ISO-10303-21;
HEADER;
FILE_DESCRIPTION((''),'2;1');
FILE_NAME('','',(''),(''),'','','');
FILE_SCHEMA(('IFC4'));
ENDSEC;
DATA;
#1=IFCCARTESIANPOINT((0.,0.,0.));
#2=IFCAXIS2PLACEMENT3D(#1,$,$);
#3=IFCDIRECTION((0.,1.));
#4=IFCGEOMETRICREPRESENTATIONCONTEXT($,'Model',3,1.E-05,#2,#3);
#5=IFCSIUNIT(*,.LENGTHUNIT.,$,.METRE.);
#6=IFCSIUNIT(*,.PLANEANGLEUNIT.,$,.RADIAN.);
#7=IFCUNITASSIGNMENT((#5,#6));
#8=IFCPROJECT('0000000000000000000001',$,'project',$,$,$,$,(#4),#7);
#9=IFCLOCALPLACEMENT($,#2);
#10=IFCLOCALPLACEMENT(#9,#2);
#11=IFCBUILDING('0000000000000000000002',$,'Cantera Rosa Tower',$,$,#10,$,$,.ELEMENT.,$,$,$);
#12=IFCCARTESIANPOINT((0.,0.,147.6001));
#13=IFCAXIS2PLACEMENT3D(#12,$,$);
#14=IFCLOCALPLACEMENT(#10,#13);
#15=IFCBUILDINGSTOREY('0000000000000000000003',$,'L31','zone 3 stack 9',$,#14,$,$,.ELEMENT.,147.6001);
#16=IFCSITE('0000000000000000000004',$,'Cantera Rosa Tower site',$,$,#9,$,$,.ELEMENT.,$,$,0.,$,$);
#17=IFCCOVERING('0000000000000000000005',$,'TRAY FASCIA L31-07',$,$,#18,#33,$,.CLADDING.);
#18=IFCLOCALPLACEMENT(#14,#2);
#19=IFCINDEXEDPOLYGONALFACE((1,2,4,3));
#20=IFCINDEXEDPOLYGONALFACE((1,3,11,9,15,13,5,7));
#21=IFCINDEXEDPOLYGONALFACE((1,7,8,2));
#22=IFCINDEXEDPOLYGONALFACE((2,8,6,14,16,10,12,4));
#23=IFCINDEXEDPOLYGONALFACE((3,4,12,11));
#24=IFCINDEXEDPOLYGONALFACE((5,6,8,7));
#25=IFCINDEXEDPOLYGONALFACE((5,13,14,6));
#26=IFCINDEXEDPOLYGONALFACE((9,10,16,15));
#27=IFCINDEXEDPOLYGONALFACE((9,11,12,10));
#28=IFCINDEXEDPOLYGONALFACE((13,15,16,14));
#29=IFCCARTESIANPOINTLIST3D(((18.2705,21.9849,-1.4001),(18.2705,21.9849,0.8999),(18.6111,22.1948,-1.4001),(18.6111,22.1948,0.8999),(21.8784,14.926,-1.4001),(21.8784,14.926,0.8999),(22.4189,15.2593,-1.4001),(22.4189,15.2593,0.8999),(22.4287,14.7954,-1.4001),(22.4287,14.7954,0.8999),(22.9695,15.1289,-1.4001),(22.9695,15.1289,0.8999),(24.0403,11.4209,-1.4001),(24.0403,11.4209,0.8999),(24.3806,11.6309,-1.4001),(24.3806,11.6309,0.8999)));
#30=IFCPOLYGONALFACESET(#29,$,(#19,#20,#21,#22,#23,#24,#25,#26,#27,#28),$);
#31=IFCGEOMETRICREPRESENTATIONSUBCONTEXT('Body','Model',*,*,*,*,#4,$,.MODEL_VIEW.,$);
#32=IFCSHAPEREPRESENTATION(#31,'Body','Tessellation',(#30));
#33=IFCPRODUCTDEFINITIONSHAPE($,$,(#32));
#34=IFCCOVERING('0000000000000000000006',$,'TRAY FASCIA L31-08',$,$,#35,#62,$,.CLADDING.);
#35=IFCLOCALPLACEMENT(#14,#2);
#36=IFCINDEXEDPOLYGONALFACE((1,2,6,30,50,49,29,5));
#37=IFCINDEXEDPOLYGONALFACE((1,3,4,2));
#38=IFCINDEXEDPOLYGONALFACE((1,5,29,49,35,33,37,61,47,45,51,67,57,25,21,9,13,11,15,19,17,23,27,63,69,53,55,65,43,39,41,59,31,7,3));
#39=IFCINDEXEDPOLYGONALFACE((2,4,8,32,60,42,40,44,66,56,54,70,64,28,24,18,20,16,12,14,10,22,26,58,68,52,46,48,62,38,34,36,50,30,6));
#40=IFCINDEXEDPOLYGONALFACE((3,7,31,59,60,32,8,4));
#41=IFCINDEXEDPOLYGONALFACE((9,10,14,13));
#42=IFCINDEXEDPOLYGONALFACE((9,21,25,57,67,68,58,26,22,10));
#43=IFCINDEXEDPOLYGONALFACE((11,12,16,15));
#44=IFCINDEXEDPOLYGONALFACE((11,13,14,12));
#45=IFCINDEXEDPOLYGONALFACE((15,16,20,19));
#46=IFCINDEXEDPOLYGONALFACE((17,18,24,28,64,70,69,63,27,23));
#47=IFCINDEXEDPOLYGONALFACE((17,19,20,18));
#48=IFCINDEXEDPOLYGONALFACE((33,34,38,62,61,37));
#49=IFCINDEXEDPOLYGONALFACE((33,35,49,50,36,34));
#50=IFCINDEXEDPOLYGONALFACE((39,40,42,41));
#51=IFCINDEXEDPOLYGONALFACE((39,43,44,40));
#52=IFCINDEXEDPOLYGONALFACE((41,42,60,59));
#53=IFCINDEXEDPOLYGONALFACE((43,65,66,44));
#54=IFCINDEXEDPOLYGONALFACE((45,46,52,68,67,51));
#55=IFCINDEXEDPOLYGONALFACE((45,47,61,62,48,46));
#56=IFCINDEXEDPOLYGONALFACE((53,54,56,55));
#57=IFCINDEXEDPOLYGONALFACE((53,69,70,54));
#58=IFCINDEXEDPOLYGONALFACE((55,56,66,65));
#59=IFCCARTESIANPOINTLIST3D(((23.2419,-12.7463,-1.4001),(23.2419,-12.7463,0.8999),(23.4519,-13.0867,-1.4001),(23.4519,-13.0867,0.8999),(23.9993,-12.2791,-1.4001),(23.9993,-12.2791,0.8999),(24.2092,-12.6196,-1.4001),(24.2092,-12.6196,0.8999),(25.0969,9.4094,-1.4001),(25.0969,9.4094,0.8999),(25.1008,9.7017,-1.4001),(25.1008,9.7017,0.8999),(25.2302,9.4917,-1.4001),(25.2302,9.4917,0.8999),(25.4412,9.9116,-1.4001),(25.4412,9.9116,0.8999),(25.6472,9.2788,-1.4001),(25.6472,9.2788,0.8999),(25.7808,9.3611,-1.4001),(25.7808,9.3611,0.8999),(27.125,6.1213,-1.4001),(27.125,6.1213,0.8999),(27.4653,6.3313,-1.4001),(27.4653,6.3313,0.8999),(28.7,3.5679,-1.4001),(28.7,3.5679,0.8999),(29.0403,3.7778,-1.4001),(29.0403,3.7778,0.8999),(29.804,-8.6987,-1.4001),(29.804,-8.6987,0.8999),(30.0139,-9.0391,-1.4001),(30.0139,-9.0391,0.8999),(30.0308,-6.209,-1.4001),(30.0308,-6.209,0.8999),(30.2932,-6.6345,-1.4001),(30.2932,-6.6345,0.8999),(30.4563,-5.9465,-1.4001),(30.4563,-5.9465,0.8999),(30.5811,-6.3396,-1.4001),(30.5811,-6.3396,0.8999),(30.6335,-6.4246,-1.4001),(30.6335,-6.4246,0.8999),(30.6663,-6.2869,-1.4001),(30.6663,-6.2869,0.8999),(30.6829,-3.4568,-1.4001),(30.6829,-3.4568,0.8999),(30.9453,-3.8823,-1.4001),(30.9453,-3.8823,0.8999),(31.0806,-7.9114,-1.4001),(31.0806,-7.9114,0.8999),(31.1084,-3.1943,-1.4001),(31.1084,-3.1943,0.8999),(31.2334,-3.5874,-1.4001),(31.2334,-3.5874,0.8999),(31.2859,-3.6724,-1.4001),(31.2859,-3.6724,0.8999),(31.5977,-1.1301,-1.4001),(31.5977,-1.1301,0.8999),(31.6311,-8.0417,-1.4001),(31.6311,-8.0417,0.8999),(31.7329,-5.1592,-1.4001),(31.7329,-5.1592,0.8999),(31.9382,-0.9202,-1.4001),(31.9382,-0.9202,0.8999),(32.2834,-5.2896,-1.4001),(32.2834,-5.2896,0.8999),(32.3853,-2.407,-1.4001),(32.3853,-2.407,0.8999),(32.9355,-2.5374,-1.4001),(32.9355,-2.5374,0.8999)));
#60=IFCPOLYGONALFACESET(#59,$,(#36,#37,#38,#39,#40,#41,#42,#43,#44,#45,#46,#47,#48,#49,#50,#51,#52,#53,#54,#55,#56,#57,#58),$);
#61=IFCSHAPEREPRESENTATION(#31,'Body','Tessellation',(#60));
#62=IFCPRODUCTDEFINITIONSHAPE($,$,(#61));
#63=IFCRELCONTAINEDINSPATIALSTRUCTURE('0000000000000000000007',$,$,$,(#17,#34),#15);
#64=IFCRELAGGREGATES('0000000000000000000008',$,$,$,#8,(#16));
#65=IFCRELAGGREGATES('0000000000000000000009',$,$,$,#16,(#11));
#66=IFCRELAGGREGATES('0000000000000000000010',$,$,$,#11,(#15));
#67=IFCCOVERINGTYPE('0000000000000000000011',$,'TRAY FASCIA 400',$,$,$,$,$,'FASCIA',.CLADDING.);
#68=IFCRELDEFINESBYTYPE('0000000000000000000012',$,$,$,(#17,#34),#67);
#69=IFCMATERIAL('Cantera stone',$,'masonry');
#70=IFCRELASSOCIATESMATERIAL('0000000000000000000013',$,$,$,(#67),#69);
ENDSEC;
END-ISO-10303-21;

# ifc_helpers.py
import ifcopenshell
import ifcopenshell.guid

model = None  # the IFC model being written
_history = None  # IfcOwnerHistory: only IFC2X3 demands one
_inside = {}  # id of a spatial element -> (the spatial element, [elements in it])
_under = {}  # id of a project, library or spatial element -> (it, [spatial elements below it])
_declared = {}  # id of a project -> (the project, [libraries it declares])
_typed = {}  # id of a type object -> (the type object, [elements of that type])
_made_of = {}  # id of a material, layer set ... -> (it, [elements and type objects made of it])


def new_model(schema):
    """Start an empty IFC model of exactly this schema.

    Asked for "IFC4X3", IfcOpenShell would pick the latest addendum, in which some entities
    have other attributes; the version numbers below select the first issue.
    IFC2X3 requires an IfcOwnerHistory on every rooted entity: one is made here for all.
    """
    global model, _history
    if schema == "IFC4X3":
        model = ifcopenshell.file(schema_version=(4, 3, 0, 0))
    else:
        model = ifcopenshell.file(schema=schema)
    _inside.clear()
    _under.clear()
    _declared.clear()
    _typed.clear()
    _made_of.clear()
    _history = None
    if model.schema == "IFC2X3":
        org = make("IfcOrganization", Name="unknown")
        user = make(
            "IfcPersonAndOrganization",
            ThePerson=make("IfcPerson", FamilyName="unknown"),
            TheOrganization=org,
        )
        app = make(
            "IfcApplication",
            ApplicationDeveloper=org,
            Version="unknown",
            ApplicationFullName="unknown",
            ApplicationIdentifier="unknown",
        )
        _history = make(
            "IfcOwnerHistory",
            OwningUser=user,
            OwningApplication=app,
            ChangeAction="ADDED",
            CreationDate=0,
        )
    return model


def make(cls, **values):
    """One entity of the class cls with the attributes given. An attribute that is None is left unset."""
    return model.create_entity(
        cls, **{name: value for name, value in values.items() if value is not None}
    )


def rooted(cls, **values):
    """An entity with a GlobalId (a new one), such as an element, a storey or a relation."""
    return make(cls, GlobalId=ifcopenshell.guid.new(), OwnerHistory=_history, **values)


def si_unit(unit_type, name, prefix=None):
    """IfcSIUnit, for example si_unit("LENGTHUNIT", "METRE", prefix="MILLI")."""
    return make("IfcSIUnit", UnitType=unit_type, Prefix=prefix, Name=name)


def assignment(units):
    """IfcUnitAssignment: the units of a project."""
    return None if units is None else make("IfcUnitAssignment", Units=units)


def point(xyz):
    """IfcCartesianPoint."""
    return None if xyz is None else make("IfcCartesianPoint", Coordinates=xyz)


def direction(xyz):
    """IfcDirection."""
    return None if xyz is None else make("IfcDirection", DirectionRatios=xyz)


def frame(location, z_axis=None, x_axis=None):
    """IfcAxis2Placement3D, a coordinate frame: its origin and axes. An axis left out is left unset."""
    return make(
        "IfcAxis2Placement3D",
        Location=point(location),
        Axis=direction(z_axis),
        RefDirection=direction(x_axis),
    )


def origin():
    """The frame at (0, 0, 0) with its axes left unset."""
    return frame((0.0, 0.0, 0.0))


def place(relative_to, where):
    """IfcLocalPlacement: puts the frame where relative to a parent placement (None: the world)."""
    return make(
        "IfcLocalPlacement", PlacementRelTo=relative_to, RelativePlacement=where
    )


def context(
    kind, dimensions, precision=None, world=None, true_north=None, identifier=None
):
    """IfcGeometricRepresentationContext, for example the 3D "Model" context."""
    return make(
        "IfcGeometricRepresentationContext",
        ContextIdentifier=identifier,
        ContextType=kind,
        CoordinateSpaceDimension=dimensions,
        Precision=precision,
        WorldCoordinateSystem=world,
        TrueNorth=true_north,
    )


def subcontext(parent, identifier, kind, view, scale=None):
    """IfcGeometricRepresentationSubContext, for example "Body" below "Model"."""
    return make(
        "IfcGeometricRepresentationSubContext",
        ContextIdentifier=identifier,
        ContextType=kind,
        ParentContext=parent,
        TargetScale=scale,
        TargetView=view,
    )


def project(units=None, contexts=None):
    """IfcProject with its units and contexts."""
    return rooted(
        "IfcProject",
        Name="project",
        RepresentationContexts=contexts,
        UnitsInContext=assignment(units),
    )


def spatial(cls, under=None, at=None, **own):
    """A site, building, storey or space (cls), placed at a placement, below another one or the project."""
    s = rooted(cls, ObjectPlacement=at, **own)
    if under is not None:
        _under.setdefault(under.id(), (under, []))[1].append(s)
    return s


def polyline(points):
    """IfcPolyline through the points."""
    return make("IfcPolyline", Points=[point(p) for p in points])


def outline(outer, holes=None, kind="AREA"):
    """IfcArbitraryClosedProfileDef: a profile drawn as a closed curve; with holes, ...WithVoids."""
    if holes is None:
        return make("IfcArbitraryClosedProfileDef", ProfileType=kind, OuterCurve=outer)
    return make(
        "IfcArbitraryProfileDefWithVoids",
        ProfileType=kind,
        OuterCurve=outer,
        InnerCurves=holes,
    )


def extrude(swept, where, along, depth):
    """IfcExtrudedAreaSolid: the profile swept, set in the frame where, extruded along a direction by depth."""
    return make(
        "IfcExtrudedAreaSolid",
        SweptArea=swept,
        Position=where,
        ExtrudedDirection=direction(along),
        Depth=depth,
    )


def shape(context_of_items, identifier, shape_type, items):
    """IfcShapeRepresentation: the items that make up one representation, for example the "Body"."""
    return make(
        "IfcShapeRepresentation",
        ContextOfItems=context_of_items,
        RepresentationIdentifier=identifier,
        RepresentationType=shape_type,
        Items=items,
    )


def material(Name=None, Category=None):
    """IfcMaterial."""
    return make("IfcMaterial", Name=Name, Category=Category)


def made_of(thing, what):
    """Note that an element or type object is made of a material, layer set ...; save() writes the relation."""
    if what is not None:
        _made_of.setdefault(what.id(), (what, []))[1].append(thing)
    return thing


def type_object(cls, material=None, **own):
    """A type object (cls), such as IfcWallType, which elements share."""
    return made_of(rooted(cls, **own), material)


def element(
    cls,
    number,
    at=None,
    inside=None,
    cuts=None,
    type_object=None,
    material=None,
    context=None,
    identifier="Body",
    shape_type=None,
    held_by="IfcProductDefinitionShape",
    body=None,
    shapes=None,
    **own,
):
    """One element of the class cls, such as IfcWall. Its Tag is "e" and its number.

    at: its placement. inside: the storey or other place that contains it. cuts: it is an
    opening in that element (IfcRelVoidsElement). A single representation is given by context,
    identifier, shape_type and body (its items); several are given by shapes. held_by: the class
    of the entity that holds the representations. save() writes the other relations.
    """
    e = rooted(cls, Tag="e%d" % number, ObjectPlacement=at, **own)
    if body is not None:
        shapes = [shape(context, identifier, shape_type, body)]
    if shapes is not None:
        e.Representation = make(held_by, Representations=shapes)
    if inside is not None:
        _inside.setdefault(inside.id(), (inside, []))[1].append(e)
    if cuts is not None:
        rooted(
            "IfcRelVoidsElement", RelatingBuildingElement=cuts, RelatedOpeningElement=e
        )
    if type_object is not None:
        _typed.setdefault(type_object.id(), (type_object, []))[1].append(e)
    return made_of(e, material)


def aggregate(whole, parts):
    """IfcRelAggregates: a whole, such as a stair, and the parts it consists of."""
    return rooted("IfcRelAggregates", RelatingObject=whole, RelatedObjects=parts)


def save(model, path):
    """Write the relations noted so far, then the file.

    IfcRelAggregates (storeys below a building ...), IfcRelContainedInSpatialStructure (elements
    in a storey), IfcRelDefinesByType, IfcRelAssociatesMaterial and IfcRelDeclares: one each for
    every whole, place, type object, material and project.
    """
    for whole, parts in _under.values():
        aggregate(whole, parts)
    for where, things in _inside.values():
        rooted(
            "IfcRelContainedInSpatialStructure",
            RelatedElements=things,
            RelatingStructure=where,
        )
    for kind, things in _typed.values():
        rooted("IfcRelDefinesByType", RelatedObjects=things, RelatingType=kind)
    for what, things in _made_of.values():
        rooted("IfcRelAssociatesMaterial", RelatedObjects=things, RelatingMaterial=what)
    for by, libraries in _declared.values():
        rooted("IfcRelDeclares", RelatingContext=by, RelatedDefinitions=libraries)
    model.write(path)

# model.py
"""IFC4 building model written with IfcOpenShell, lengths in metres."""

from ifc_helpers import new_model, si_unit, direction, frame, origin, place, context, subcontext, project, spatial, polyline, outline, extrude, material, type_object, element, save


model = new_model("IFC4")

# Units and contexts
model_context = context("Model", 3, precision=1e-05, world=origin(), true_north=direction((0.0, 1.0)))
body_context = subcontext(model_context, "Body", "Model", "MODEL_VIEW")
ifc_project = project(units=[si_unit("LENGTHUNIT", "METRE"), si_unit("PLANEANGLEUNIT", "RADIAN")], contexts=[model_context])

# Site, building, storey
site_placement = place(None, origin())
site = spatial("IfcSite", under=ifc_project, at=site_placement, Name="Cantera Rosa Tower site", CompositionType="ELEMENT", RefElevation=0.0)
building_placement = place(site_placement, origin())
building = spatial("IfcBuilding", under=site, at=building_placement, Name="Cantera Rosa Tower", CompositionType="ELEMENT")
storey_placement = place(building_placement, frame((0.0, 0.0, 147.6001)))
storey = spatial("IfcBuildingStorey", under=building, at=storey_placement, Name="L31", Description="zone 3 stack 9", CompositionType="ELEMENT", Elevation=147.6001)

# Coverings
ifc_material_1 = material(Name="Cantera stone", Category="masonry")
covering_type_1 = type_object("IfcCoveringType", Name="TRAY FASCIA 400", ElementType="FASCIA", PredefinedType="CLADDING", material=ifc_material_1)
covering_1_placement = place(storey_placement, frame((0.0, 0.0, -1.4001)))
element("IfcCovering", 1, at=covering_1_placement, inside=storey, type_object=covering_type_1, Name="TRAY FASCIA L31-07", PredefinedType="CLADDING", context=body_context, shape_type="SweptSolid", body=[
    extrude(outline(polyline([(22.9695, 15.1289), (22.4287, 14.7954), (24.3806, 11.6309), (24.0403, 11.4209), (21.8784, 14.926), (22.4189, 15.2593), (18.2705, 21.9849), (18.6111, 22.1948), (22.9695, 15.1289)])), origin(), (0.0, 0.0, 1.0), 2.3),
])
covering_2_placement = place(storey_placement, frame((0.0, 0.0, -1.4001)))
element("IfcCovering", 2, at=covering_2_placement, inside=storey, type_object=covering_type_1, Name="TRAY FASCIA L31-08", PredefinedType="CLADDING", context=body_context, shape_type="SweptSolid", body=[
    extrude(outline(polyline([(25.7808, 9.3611), (25.6472, 9.2788), (27.4653, 6.3313), (29.0403, 3.7778), (31.9382, -0.9202), (32.9355, -2.5374), (31.2334, -3.5874), (31.2859, -3.6724), (32.2834, -5.2896), (30.6663, -6.2869), (30.5811, -6.3396), (30.6335, -6.4246), (31.6311, -8.0417), (30.0139, -9.0391), (24.2092, -12.6196), (23.4519, -13.0867), (23.2419, -12.7463), (23.9993, -12.2791), (29.804, -8.6987), (31.0806, -7.9114), (30.2932, -6.6345), (30.0308, -6.209), (30.4563, -5.9465), (31.7329, -5.1592), (30.9453, -3.8823), (30.6829, -3.4568), (31.1084, -3.1943), (32.3853, -2.407), (31.5977, -1.1301), (28.7, 3.5679), (27.125, 6.1213), (25.0969, 9.4094), (25.2302, 9.4917), (25.1008, 9.7017), (25.4412, 9.9116), (25.7808, 9.3611)])), origin(), (0.0, 0.0, 1.0), 2.3),
])

save(model, "model.ifc")
